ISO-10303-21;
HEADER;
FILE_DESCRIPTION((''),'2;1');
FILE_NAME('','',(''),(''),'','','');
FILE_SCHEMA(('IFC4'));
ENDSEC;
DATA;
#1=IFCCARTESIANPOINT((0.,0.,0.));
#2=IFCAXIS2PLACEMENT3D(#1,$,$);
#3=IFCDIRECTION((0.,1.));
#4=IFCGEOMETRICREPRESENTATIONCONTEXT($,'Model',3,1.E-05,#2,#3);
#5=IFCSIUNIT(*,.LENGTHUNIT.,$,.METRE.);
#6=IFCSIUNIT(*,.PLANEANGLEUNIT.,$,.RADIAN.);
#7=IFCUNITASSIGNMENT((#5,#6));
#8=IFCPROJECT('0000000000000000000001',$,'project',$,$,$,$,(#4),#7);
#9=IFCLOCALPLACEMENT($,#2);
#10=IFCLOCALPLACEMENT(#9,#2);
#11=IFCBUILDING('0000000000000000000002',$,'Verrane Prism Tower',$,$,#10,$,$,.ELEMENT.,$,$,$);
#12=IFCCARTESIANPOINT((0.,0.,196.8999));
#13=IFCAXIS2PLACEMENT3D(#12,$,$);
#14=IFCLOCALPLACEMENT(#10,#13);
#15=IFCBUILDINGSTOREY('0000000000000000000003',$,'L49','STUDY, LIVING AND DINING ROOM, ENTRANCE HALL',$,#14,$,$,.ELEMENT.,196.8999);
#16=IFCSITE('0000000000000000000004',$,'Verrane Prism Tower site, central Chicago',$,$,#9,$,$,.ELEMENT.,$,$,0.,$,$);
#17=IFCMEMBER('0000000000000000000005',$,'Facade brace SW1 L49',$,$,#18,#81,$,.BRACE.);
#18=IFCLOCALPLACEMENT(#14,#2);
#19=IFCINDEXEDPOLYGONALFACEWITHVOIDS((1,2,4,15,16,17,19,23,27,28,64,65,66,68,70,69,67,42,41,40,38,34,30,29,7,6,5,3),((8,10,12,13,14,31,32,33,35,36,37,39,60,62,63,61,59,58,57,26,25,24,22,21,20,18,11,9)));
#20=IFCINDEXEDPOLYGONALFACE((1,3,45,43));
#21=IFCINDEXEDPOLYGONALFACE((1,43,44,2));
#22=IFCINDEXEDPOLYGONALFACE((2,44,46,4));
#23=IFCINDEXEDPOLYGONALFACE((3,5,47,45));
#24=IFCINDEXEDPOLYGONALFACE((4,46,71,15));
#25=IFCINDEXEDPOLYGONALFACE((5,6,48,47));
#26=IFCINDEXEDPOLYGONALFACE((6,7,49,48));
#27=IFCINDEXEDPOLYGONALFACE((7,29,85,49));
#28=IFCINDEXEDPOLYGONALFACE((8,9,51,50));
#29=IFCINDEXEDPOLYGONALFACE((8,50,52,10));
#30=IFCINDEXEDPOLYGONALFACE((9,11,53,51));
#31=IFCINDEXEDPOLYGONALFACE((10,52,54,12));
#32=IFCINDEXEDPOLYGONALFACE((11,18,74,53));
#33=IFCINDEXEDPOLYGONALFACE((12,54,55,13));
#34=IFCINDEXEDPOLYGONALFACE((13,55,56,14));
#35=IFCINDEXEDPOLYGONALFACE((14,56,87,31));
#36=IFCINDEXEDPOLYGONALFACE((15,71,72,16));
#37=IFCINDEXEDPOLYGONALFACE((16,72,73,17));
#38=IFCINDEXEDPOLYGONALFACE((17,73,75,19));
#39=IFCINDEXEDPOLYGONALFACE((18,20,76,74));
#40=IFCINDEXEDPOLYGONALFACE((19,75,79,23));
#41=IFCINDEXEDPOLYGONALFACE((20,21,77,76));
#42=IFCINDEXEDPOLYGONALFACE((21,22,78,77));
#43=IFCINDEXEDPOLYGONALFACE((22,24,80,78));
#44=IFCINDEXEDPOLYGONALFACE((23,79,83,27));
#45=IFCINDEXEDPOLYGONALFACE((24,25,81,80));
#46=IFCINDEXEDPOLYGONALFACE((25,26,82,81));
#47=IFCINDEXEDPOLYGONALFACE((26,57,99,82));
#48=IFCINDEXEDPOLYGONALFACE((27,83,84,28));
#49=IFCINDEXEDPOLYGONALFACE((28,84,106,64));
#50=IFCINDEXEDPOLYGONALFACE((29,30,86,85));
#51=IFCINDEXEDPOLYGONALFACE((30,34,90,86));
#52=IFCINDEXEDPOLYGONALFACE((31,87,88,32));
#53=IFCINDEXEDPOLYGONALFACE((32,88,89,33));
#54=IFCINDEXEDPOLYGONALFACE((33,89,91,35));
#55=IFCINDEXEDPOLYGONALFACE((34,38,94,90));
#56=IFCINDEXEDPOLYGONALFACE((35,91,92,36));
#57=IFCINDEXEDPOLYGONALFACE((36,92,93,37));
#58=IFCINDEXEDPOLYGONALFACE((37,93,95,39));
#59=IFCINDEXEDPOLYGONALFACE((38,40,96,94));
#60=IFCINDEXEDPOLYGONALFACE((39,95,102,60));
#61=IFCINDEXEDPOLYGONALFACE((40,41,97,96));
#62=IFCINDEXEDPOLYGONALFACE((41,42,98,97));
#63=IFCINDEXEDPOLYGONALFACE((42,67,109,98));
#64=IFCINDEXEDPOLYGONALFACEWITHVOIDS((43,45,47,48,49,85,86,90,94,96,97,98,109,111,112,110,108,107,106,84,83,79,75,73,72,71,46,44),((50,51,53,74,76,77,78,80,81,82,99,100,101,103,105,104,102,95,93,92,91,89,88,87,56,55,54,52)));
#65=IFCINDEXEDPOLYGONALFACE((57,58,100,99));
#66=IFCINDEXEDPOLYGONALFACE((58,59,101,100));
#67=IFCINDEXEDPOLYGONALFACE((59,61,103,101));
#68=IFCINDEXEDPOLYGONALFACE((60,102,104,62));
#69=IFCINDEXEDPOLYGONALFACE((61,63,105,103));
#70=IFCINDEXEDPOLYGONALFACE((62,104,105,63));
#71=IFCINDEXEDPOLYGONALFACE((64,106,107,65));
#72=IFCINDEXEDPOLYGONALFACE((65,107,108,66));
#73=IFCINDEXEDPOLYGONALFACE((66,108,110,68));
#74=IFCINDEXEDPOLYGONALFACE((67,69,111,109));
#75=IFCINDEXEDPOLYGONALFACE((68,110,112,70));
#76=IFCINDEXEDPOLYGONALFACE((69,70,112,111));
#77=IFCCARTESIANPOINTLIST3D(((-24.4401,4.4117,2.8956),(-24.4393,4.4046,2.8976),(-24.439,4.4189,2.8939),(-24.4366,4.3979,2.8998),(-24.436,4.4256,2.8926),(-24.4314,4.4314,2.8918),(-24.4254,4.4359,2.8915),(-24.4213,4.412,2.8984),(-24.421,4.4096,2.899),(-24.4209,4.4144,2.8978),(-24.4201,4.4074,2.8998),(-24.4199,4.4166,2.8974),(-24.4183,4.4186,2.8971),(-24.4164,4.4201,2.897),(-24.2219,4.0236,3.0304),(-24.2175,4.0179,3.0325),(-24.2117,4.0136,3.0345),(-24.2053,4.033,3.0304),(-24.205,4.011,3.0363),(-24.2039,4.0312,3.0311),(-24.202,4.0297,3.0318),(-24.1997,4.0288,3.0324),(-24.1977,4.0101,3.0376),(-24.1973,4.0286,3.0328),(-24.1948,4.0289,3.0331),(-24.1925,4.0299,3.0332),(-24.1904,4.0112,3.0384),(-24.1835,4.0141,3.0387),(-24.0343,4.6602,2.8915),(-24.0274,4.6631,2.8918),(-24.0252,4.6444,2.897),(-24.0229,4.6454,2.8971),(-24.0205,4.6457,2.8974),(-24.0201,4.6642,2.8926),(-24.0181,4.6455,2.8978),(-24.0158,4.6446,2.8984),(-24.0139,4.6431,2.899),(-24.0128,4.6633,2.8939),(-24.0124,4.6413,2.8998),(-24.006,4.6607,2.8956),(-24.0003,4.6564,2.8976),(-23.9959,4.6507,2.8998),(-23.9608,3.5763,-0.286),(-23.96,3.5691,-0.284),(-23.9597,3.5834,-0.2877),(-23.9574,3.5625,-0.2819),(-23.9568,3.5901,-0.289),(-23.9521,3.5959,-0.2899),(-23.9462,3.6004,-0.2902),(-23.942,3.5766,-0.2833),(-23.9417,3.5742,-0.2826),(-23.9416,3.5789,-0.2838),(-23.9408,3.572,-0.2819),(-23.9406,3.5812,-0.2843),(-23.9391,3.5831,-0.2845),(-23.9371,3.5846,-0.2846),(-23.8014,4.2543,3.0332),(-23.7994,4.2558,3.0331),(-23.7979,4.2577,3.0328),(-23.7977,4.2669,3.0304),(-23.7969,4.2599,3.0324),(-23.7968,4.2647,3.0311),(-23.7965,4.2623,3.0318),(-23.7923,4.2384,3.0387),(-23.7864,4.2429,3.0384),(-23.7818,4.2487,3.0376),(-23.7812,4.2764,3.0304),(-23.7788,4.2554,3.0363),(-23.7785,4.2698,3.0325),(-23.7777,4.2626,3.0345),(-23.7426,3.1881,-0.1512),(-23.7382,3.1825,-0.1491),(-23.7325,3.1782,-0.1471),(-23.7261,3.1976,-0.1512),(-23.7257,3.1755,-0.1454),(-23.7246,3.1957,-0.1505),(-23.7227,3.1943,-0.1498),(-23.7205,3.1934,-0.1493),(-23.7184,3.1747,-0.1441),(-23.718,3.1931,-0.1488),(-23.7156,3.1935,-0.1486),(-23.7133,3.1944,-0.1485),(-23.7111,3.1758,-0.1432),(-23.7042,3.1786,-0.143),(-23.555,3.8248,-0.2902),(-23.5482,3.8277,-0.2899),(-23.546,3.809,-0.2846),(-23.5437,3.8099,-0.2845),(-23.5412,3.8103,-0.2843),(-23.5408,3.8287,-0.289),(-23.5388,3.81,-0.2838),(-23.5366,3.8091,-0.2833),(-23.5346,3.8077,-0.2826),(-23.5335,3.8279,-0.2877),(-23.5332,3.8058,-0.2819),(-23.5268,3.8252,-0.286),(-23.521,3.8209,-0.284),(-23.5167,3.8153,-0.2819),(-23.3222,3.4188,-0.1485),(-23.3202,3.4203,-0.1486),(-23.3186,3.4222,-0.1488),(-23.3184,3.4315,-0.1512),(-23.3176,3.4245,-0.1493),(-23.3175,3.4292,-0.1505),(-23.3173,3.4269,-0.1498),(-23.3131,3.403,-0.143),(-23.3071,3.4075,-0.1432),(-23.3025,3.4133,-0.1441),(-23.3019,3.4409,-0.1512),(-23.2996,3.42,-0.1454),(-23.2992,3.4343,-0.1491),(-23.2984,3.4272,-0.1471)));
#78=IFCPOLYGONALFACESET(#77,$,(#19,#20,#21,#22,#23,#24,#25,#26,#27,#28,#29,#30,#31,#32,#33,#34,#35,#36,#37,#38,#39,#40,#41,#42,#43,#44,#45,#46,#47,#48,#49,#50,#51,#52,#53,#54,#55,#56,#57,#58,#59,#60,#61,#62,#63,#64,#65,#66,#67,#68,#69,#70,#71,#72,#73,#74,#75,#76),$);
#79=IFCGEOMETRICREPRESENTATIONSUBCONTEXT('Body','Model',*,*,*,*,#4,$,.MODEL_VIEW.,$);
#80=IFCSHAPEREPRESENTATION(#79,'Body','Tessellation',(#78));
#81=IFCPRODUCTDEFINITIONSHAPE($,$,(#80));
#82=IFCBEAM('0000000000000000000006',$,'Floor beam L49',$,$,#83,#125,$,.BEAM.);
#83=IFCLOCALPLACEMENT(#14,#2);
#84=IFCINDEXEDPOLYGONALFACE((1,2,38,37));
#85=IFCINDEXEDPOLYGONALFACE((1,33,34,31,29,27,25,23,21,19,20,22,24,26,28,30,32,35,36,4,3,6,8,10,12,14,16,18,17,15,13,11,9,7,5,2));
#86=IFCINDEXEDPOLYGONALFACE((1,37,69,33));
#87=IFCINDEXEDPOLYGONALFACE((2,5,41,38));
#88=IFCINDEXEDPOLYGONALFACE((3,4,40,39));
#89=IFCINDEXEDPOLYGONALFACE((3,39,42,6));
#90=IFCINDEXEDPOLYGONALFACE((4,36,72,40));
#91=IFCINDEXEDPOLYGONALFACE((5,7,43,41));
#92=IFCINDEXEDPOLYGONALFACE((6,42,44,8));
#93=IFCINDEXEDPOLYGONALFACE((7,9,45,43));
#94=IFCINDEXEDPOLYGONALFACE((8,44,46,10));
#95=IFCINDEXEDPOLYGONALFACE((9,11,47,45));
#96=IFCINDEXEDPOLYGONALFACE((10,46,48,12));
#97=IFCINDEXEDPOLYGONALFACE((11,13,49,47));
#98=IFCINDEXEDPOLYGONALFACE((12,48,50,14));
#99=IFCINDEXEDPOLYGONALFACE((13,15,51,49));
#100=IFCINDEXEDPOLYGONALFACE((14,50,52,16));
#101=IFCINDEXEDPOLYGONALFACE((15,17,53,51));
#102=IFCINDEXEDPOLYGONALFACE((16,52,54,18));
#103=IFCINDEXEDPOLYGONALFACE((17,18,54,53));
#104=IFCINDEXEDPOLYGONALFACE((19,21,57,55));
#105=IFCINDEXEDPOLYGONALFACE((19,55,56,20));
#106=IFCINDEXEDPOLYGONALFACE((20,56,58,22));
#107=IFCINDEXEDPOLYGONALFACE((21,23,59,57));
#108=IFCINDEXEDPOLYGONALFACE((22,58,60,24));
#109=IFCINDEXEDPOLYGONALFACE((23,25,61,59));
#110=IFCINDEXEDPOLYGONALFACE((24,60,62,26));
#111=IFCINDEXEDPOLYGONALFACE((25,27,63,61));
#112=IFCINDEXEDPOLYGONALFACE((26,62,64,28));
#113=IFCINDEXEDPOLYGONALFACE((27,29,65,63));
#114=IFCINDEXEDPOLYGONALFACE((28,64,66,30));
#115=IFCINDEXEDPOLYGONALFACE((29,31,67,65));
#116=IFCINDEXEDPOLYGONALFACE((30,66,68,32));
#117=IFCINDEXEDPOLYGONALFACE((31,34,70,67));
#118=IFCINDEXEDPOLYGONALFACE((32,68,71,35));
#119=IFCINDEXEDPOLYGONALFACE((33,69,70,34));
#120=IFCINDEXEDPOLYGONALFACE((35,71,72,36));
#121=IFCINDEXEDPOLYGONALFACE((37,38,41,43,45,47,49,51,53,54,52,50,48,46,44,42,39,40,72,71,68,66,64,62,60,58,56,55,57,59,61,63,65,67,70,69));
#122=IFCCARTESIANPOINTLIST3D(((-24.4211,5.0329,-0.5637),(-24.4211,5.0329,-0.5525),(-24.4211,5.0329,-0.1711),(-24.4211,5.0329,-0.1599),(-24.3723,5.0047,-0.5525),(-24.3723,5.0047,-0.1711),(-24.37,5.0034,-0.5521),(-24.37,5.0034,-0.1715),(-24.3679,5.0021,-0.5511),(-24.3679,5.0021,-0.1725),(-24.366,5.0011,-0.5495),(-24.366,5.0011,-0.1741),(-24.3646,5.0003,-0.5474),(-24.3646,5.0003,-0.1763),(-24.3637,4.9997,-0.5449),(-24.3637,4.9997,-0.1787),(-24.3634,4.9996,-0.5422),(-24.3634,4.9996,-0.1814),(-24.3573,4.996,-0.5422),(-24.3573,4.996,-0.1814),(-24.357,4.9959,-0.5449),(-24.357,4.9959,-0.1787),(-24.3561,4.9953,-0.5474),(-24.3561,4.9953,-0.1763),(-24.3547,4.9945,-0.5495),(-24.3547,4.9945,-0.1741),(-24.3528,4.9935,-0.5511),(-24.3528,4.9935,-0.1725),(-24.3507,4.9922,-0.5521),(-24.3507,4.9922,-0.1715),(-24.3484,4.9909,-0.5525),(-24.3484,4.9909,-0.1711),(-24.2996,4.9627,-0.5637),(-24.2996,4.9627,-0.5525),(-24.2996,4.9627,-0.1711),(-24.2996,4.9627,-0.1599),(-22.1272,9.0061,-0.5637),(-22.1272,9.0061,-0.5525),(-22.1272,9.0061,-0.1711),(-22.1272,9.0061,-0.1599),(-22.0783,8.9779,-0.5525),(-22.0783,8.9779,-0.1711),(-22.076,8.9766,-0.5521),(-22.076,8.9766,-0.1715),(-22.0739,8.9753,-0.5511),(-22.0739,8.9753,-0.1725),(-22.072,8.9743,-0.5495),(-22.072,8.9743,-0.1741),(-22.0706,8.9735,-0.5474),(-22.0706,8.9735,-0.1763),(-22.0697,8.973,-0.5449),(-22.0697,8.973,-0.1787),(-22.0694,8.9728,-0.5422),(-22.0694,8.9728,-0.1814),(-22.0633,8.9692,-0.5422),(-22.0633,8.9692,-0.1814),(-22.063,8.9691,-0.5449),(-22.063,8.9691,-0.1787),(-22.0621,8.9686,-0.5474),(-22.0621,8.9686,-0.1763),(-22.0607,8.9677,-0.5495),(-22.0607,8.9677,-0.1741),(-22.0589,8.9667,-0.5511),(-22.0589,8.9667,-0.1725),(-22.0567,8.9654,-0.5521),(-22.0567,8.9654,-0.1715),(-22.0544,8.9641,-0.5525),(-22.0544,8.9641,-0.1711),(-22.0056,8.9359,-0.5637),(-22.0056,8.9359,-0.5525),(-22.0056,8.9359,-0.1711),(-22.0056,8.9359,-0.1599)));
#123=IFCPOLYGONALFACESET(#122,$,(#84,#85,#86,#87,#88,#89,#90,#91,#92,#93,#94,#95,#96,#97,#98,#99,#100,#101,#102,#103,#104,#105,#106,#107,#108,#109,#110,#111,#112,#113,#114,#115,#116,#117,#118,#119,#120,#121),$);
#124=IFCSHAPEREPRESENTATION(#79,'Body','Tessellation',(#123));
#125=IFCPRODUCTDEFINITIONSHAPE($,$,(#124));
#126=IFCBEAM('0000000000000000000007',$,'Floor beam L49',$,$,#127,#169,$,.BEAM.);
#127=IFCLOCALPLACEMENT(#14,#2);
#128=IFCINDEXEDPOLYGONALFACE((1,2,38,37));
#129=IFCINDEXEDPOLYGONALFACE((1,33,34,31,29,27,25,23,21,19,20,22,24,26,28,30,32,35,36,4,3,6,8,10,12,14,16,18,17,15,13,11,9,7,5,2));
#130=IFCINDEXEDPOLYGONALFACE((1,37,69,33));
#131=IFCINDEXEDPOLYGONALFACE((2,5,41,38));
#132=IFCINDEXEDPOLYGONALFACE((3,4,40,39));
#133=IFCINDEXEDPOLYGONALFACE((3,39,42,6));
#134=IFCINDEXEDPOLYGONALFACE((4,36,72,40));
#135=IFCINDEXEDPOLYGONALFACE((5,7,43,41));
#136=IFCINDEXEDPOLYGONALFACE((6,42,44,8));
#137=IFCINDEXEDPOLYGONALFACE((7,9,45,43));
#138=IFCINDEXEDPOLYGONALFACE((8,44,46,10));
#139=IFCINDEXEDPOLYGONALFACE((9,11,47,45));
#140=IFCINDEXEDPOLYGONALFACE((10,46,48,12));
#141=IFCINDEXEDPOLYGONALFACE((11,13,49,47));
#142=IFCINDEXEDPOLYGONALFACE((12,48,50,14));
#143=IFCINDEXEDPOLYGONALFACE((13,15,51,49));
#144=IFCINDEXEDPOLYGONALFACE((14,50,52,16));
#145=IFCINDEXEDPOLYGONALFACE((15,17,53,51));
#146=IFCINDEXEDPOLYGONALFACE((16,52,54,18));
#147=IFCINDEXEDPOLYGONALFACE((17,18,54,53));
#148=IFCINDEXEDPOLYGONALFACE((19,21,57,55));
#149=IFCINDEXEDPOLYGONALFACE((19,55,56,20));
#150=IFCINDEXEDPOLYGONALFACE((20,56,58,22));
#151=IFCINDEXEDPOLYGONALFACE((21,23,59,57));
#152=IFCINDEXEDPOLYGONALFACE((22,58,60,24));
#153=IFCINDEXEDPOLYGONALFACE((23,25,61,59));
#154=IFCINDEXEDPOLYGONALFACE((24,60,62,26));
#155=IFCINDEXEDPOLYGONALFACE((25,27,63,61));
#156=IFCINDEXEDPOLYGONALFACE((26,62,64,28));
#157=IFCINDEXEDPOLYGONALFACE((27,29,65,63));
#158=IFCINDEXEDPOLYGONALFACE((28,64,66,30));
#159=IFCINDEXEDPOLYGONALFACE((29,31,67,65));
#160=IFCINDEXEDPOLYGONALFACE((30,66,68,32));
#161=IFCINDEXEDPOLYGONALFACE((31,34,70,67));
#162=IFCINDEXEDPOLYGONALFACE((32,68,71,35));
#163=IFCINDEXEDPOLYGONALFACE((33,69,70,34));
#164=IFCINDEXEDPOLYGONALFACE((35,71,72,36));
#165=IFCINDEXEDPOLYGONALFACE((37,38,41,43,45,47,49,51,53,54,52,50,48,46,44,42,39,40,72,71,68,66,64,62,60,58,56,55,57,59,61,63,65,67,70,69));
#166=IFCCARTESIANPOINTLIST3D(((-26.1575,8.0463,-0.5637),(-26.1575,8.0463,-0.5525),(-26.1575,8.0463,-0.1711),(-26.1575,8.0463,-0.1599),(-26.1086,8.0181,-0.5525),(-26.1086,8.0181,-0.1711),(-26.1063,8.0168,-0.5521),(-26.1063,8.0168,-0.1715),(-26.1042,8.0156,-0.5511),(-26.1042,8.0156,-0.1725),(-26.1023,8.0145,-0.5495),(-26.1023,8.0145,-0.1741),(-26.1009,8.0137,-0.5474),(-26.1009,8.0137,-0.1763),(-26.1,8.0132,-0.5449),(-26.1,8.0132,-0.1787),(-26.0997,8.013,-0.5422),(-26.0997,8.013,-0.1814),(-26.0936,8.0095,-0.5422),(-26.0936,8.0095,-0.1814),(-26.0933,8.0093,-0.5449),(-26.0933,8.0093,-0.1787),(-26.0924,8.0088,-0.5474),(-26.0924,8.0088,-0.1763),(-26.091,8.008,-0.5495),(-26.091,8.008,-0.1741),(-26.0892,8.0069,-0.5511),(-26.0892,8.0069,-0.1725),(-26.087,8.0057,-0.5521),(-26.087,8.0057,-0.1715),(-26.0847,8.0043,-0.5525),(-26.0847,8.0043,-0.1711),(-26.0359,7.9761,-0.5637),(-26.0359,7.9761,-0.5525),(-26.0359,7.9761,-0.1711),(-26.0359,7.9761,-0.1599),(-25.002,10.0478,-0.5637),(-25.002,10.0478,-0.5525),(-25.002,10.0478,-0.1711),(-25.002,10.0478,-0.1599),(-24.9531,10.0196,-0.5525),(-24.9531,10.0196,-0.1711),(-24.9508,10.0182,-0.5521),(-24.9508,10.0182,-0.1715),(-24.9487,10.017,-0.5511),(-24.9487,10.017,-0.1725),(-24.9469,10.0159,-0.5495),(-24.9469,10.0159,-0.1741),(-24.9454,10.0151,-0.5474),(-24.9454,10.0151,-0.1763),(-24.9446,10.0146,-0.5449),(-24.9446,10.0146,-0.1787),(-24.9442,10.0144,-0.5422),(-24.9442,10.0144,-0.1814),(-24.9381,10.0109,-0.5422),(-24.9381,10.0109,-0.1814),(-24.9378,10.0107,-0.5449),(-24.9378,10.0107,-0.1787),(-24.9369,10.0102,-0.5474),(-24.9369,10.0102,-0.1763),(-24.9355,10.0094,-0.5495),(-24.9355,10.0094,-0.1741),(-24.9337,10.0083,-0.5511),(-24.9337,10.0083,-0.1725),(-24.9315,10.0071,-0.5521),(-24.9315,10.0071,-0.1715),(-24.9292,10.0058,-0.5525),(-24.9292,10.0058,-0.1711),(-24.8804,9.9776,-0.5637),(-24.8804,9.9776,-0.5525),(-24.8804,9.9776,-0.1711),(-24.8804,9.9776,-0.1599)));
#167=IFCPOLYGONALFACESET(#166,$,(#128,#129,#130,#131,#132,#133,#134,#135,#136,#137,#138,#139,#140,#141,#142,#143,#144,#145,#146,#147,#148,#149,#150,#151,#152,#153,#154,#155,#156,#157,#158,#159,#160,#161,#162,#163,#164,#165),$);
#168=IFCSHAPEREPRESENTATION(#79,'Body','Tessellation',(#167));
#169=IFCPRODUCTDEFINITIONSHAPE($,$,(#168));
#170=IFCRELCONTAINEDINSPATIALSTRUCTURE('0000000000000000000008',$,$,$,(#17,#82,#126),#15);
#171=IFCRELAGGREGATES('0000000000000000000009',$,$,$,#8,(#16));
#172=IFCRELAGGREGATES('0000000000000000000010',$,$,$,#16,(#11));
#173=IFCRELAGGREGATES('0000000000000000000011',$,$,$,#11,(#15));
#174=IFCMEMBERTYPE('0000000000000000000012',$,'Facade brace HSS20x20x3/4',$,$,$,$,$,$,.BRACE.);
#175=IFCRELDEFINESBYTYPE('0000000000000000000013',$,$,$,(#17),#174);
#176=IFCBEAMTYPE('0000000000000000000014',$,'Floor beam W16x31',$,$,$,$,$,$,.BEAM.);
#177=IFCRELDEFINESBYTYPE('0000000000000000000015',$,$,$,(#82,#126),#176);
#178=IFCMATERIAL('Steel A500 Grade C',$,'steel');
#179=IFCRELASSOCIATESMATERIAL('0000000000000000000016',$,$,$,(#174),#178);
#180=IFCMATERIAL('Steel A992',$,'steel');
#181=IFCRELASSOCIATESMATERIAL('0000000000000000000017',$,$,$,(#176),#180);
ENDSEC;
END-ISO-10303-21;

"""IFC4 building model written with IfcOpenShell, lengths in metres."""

from ifc_helpers import new_model, si_unit, direction, frame, origin, origin_2d, place, context, subcontext, project, spatial, hollow_rectangle, i_section, extrude, material, material_profile, profile_set, type_object, element, save


model = new_model("IFC4")

# Units and contexts
model_context = context("Model", 3, precision=1e-05, world=origin(), true_north=direction((0.0, 1.0)))
body_context = subcontext(model_context, "Body", "Model", "MODEL_VIEW")
ifc_project = project(units=[si_unit("LENGTHUNIT", "METRE"), si_unit("PLANEANGLEUNIT", "RADIAN")], contexts=[model_context])

# Site, building, storey
site_placement = place(None, origin())
site = spatial("IfcSite", under=ifc_project, at=site_placement, Name="Verrane Prism Tower site, central Chicago", CompositionType="ELEMENT", RefElevation=0.0)
building_placement = place(site_placement, origin())
building = spatial("IfcBuilding", under=site, at=building_placement, Name="Verrane Prism Tower", CompositionType="ELEMENT")
storey_placement = place(building_placement, frame((0.0, 0.0, 196.8999)))
storey = spatial("IfcBuildingStorey", under=building, at=storey_placement, Name="L49", Description="STUDY, LIVING AND DINING ROOM, ENTRANCE HALL", CompositionType="ELEMENT", Elevation=196.8999)

# Member
ifc_material_1 = material(Name="Steel A500 Grade C", Category="steel")
ifc_material_profile_1 = material_profile(ifc_material_1, hollow_rectangle(XDim=0.5081, YDim=0.5081, WallThickness=0.019, InnerFilletRadius=0.0095, OuterFilletRadius=0.0286, at=origin_2d()), Name="HSS20x20x3/4")
ifc_profile_set_1 = profile_set([ifc_material_profile_1], Name="Steel A500 Grade C")
member_type_1 = type_object("IfcMemberType", Name="Facade brace HSS20x20x3/4", PredefinedType="BRACE", material=ifc_profile_set_1)
member_1_placement = place(storey_placement, frame((-23.6296, 3.5017, -0.2166), z_axis=(-0.144168, 0.251321, 0.957107), x_axis=(-0.867415, -0.497585, 0.0)))
element("IfcMember", 1, at=member_1_placement, inside=storey, type_object=member_type_1, Name="Facade brace SW1 L49", PredefinedType="BRACE", context=body_context, shape_type="SweptSolid", body=[
    extrude(hollow_rectangle(XDim=0.5081, YDim=0.5081, WallThickness=0.019, InnerFilletRadius=0.0095, OuterFilletRadius=0.0286, at=origin_2d()), origin(), (0.0, 0.0, 1.0), 3.3242),
])

# Beams
ifc_material_2 = material(Name="Steel A992", Category="steel")
ifc_material_profile_2 = material_profile(ifc_material_2, i_section(OverallWidth=0.1404, OverallDepth=0.4038, WebThickness=0.0071, FlangeThickness=0.0112, FilletRadius=0.0103, at=origin_2d()), Name="W16x31")
ifc_profile_set_2 = profile_set([ifc_material_profile_2], Name="Steel A992")
beam_type_1 = type_object("IfcBeamType", Name="Floor beam W16x31", PredefinedType="BEAM", material=ifc_profile_set_2)
beam_1_placement = place(storey_placement, frame((-24.3604, 4.9978, -0.3618), z_axis=(0.500008, 0.866021, 0.0), x_axis=(-0.866021, 0.500008, 0.0)))
element("IfcBeam", 2, at=beam_1_placement, inside=storey, type_object=beam_type_1, Name="Floor beam L49", PredefinedType="BEAM", context=body_context, shape_type="SweptSolid", body=[
    extrude(i_section(OverallWidth=0.1404, OverallDepth=0.4038, WebThickness=0.0071, FlangeThickness=0.0112, FilletRadius=0.0103, at=origin_2d()), origin(), (0.0, 0.0, 1.0), 4.5879),
])
beam_2_placement = place(storey_placement, frame((-26.0967, 8.0112, -0.3618), z_axis=(0.499991, 0.866031, 0.0), x_axis=(-0.866031, 0.499991, 0.0)))
element("IfcBeam", 3, at=beam_2_placement, inside=storey, type_object=beam_type_1, Name="Floor beam L49", PredefinedType="BEAM", context=body_context, shape_type="SweptSolid", body=[
    extrude(i_section(OverallWidth=0.1404, OverallDepth=0.4038, WebThickness=0.0071, FlangeThickness=0.0112, FilletRadius=0.0103, at=origin_2d()), origin(), (0.0, 0.0, 1.0), 2.311),
])

save(model, "model.ifc")
